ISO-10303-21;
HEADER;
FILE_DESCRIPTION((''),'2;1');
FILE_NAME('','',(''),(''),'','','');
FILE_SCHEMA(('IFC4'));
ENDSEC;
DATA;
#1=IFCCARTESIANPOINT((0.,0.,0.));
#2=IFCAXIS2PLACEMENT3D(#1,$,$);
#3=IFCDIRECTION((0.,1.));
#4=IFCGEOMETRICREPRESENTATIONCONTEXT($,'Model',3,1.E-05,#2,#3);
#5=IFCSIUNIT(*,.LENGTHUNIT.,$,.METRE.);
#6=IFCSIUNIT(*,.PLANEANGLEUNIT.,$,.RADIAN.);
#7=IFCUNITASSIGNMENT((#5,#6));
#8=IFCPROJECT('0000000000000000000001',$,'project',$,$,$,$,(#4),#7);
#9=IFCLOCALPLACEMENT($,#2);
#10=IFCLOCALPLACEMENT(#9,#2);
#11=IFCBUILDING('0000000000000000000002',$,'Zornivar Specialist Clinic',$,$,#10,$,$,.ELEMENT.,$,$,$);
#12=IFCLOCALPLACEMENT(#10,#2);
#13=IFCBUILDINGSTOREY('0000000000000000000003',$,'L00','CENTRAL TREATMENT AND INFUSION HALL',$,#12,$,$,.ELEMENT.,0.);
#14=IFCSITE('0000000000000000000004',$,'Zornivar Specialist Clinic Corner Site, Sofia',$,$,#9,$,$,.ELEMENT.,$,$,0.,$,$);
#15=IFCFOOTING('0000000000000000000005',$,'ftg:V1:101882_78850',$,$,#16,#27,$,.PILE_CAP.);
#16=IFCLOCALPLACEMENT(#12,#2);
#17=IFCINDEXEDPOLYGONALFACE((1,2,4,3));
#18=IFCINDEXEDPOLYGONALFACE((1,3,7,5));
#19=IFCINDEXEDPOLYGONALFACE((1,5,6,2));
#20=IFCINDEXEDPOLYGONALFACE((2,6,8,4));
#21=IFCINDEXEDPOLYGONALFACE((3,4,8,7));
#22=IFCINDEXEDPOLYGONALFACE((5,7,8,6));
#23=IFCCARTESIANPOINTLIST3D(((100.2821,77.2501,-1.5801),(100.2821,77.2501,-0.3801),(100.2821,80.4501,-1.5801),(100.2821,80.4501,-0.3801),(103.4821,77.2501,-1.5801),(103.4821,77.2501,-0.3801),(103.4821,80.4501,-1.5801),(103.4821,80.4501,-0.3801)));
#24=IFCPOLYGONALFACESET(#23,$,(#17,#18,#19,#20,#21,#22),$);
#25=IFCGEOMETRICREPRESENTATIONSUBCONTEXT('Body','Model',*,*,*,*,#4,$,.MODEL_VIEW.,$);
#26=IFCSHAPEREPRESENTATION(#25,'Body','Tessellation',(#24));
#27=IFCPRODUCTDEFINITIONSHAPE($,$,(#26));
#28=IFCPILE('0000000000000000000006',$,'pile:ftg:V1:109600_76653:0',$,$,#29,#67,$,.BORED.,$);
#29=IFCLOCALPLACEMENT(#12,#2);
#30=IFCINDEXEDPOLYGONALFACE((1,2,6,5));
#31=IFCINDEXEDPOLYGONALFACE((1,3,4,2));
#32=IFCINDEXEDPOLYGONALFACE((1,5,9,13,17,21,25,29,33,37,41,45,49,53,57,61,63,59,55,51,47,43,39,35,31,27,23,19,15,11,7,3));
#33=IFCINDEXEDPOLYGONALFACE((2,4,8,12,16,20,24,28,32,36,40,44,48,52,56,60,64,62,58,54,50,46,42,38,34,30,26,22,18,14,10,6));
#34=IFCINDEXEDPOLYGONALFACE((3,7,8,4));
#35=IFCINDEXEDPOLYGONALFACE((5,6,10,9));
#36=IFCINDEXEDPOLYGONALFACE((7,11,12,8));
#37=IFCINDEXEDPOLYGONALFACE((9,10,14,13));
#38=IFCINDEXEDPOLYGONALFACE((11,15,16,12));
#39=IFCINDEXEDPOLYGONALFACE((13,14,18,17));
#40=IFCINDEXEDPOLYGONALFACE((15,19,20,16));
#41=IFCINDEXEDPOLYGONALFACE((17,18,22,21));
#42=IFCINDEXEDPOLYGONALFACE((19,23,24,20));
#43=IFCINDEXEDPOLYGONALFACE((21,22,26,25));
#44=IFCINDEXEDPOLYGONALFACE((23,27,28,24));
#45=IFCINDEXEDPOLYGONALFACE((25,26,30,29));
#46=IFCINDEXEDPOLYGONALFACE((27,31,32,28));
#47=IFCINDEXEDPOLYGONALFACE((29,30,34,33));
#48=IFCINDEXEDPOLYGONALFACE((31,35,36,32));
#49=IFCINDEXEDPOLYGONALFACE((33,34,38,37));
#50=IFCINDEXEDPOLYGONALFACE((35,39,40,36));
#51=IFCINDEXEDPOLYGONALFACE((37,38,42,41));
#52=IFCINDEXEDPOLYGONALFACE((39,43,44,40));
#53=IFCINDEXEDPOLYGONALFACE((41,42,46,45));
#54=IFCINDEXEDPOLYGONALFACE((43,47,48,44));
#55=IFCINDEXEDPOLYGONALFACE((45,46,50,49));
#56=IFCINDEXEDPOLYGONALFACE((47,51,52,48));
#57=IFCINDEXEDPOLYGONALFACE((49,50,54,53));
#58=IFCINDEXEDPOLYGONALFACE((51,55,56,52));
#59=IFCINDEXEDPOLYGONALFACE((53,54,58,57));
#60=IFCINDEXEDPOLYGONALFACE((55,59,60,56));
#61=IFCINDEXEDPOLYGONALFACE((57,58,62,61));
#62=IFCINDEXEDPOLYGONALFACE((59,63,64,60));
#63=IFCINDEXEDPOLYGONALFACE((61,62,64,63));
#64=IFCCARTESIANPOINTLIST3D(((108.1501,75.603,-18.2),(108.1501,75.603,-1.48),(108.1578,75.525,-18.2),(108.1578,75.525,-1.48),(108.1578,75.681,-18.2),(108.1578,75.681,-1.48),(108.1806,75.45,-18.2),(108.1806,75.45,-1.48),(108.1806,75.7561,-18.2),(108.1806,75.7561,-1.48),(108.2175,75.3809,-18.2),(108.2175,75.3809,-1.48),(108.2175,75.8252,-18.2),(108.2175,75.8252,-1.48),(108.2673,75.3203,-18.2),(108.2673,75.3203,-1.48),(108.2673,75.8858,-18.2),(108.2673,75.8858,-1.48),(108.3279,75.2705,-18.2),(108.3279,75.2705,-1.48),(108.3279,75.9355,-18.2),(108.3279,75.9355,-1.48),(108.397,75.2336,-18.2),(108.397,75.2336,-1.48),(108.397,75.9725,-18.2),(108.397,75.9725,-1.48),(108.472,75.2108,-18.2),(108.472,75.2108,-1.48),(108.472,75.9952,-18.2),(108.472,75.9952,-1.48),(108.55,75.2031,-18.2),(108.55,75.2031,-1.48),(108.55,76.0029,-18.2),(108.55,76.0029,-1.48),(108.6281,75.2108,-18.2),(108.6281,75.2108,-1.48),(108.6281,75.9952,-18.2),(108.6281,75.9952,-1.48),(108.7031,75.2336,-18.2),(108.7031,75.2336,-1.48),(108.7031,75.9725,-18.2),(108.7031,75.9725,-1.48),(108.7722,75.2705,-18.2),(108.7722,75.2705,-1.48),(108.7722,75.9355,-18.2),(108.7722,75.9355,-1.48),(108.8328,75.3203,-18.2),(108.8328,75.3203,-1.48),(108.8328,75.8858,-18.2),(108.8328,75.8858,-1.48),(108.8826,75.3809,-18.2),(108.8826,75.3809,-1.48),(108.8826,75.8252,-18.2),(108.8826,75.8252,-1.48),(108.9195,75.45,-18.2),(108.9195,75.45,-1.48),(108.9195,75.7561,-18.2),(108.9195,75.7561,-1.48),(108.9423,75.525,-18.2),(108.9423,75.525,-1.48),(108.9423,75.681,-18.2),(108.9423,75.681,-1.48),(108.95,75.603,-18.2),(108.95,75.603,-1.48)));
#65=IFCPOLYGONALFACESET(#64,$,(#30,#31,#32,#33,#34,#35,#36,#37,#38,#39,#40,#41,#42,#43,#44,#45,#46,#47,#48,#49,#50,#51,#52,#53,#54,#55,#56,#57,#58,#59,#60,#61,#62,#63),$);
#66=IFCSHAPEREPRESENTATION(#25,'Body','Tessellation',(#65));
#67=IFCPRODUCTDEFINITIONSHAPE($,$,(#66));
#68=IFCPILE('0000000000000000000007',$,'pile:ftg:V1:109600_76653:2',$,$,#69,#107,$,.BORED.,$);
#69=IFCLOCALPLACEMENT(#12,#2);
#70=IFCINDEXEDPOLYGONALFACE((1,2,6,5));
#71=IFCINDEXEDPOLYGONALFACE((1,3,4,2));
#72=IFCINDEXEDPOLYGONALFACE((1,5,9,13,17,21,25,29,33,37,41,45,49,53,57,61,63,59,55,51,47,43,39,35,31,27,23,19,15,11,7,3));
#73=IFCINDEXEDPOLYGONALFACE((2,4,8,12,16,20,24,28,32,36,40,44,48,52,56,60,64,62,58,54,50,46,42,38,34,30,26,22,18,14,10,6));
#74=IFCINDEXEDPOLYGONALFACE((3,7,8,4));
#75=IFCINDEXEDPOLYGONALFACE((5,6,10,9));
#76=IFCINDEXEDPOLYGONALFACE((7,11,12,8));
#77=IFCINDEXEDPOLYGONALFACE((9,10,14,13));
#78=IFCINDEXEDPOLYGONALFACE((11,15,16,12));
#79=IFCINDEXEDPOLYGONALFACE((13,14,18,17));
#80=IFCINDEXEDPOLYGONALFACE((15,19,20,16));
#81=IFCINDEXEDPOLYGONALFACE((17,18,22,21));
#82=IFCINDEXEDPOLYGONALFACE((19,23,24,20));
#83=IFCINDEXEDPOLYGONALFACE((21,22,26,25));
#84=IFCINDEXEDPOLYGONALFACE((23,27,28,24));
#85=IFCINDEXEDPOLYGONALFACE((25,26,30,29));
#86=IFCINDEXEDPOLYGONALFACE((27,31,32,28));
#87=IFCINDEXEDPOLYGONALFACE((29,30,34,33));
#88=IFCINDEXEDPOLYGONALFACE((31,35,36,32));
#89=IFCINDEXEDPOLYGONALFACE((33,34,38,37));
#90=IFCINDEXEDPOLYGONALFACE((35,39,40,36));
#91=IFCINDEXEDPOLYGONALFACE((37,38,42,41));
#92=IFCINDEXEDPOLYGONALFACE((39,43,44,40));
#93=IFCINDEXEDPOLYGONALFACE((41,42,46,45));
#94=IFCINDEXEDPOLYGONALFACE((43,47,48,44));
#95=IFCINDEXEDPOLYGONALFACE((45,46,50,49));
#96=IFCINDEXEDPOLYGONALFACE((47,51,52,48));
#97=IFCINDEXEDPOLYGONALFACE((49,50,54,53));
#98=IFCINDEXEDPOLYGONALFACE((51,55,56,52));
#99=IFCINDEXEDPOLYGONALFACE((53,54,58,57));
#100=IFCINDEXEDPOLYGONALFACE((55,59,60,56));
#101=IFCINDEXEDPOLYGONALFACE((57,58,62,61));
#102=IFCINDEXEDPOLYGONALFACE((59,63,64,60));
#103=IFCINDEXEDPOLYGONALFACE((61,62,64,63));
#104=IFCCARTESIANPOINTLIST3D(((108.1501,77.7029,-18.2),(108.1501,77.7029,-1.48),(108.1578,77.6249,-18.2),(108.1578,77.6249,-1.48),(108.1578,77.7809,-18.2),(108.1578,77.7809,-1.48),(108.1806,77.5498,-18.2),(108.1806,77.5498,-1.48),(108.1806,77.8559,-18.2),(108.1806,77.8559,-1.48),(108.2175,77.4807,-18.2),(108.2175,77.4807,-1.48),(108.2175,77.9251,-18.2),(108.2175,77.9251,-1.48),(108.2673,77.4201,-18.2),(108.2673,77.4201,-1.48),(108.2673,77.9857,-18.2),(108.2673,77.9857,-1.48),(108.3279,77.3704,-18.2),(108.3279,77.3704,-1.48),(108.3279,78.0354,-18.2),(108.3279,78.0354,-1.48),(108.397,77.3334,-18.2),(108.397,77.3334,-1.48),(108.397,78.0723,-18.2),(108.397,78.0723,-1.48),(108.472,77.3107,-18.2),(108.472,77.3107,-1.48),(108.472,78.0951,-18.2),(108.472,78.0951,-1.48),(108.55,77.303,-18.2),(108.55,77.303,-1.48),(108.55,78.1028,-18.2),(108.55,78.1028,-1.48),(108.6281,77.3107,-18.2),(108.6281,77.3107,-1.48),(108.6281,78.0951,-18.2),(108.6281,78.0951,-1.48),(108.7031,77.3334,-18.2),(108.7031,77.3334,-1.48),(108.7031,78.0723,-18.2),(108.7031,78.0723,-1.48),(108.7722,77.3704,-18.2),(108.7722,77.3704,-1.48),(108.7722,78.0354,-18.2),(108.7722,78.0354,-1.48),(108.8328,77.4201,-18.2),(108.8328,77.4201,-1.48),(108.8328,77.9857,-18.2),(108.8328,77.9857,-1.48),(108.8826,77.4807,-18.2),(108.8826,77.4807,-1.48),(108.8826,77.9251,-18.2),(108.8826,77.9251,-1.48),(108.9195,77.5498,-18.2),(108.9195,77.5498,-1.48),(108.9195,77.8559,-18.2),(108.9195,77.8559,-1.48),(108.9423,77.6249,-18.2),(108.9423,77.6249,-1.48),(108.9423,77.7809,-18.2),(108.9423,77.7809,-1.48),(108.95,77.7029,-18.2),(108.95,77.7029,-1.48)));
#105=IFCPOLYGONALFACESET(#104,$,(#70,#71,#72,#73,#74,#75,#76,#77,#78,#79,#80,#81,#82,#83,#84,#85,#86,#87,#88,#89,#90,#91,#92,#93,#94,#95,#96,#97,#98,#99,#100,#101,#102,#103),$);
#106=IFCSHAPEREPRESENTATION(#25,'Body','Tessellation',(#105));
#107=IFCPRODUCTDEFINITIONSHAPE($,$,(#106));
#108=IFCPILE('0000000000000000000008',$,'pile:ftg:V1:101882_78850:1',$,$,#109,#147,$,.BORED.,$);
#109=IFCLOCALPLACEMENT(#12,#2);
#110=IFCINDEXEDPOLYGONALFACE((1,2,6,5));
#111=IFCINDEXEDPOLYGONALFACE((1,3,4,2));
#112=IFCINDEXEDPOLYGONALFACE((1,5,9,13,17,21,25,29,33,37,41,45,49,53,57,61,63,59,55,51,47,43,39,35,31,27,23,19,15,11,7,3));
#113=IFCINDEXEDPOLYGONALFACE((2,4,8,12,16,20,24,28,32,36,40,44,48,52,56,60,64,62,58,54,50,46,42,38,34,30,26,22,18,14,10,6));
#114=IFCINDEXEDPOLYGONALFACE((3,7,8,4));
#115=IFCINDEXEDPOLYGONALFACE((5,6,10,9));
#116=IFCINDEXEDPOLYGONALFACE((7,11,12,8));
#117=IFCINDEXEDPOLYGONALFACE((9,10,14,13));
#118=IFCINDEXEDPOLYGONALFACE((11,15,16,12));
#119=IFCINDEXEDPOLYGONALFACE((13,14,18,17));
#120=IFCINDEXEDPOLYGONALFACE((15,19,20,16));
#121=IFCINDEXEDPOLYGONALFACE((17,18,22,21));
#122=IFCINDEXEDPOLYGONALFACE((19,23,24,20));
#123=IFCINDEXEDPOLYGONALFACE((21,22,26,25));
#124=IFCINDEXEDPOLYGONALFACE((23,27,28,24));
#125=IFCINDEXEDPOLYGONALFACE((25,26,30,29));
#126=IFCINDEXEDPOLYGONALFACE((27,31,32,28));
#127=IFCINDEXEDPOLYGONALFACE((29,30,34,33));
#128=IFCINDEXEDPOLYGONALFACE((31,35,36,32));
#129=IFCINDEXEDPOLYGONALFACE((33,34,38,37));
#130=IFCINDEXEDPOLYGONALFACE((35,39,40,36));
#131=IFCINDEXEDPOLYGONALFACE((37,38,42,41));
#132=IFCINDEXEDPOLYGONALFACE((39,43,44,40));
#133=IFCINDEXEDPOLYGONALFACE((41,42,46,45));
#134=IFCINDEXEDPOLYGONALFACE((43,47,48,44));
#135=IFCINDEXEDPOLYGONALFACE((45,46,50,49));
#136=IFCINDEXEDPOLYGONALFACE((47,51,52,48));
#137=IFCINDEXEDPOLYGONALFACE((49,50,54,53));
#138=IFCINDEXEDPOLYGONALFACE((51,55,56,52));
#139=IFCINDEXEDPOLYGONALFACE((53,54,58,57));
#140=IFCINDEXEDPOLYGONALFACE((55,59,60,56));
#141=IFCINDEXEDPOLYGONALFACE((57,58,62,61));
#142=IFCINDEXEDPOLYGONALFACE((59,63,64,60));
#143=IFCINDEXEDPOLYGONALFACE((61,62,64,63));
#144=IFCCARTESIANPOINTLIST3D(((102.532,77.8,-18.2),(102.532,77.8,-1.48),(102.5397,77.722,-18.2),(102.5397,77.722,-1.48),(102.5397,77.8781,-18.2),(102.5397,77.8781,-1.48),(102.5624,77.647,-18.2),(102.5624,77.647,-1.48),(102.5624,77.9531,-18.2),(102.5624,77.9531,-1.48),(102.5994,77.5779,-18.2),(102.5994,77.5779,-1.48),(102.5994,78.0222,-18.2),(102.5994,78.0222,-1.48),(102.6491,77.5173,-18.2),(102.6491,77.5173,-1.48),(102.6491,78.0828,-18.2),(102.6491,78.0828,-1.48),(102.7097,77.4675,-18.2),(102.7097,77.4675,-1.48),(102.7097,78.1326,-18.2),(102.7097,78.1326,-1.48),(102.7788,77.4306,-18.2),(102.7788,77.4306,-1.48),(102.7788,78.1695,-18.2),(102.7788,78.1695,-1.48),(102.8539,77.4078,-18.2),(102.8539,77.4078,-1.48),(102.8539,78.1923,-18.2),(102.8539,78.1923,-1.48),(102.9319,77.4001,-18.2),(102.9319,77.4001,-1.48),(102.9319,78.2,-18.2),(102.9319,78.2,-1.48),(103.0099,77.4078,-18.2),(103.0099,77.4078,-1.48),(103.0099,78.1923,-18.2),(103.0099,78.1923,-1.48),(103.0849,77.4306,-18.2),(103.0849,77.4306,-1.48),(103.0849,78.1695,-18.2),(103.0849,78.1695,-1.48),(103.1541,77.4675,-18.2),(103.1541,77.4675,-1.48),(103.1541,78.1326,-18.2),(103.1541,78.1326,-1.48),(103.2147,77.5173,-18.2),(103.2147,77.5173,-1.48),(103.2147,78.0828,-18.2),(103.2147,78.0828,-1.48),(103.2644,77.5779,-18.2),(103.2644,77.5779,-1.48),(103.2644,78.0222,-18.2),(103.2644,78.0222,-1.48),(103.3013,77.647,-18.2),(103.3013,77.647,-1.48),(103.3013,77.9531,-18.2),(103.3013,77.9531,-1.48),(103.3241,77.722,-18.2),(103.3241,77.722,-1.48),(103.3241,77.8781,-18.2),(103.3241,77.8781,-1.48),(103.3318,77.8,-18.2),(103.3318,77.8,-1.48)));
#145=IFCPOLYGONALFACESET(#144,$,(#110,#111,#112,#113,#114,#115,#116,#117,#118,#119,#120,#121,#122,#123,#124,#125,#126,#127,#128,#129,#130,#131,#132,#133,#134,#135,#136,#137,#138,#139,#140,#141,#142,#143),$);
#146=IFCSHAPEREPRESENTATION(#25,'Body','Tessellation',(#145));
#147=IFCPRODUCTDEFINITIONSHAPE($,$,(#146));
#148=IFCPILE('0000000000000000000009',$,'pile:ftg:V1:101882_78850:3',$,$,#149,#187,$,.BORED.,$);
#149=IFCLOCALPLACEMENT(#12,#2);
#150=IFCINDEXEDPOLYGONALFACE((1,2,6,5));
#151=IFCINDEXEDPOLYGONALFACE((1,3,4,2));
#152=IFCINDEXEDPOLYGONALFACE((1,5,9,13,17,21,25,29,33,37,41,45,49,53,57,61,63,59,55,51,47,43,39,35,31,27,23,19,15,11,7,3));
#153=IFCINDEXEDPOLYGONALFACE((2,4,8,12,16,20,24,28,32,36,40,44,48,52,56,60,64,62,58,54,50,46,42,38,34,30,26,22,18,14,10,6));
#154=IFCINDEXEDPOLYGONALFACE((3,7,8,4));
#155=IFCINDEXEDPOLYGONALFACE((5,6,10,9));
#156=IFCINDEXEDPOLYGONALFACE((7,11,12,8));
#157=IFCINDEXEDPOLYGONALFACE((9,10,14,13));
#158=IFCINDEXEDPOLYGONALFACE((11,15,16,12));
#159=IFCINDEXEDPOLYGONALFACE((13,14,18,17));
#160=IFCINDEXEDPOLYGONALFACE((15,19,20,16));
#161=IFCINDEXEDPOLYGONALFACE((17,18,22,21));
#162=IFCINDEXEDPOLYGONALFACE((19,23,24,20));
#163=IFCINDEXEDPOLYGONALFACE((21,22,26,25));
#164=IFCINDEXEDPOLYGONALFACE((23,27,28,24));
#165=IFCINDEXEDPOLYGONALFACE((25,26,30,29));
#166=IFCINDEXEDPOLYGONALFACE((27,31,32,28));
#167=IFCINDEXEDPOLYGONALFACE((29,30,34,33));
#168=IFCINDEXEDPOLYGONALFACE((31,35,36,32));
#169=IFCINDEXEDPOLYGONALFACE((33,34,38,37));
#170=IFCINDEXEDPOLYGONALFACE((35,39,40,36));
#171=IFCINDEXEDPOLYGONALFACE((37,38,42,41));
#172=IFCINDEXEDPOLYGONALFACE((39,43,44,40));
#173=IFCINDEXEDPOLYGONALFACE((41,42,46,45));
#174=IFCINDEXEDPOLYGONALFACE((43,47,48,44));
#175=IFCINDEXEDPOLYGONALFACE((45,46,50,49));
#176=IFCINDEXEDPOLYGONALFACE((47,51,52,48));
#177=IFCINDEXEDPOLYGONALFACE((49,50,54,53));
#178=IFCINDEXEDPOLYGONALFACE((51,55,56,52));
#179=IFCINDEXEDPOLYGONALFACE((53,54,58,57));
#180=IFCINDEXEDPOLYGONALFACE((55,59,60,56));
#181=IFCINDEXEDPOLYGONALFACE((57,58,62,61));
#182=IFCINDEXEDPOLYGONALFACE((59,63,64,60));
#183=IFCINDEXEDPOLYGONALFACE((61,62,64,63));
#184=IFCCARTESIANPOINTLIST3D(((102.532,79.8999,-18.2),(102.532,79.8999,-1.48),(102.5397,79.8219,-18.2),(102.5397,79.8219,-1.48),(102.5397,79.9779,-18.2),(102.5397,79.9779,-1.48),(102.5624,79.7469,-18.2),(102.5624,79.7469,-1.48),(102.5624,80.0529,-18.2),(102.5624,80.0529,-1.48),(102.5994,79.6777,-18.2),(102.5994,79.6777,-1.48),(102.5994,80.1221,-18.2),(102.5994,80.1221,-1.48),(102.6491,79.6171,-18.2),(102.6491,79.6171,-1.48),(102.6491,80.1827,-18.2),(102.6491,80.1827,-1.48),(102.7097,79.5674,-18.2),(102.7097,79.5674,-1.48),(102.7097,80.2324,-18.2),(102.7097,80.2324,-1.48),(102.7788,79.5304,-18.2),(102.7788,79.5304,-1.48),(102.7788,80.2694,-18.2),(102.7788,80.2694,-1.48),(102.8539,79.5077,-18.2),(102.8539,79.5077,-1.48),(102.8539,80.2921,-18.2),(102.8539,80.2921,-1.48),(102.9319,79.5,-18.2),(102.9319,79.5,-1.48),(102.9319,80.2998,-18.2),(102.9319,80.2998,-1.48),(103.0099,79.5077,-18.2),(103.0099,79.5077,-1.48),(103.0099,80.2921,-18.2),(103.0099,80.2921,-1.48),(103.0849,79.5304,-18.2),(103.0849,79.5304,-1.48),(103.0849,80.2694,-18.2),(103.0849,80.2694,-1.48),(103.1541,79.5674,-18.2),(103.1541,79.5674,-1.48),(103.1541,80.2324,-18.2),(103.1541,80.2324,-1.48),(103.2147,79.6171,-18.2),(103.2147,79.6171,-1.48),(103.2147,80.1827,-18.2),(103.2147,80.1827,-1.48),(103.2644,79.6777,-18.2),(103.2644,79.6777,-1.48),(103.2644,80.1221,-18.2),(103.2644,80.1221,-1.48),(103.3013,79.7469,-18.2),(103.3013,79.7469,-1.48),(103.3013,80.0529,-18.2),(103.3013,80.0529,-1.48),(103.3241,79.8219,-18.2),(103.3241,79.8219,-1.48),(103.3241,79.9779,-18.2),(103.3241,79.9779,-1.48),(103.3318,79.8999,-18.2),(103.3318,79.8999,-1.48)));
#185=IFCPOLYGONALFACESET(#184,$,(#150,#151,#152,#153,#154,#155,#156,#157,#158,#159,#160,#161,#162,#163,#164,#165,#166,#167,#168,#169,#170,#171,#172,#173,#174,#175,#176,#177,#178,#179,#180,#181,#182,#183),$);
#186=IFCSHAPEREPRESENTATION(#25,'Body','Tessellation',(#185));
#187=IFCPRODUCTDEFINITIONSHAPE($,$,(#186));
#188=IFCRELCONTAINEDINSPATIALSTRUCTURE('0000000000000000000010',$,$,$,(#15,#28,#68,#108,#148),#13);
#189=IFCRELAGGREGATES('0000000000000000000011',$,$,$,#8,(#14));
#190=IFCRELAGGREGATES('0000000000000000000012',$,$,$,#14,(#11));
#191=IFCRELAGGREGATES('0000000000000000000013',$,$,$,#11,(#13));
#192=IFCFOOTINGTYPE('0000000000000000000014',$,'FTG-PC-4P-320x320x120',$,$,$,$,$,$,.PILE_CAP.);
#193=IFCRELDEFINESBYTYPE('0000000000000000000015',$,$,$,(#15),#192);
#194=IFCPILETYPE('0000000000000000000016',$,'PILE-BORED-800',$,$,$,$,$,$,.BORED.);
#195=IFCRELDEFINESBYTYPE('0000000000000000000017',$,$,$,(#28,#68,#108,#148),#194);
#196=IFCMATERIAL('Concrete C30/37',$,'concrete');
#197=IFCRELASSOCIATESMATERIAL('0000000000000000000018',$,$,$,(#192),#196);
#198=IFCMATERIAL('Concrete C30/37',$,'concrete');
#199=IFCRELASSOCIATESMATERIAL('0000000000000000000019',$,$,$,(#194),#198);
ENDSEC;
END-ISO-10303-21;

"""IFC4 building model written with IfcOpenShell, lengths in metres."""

from ifc_helpers import new_model, si_unit, direction, frame, origin, origin_2d, place, context, subcontext, project, spatial, rectangle, circle, extrude, material, material_profile, profile_set, type_object, element, save


model = new_model("IFC4")

# Units and contexts
model_context = context("Model", 3, precision=1e-05, world=origin(), true_north=direction((0.0, 1.0)))
body_context = subcontext(model_context, "Body", "Model", "MODEL_VIEW")
ifc_project = project(units=[si_unit("LENGTHUNIT", "METRE"), si_unit("PLANEANGLEUNIT", "RADIAN")], contexts=[model_context])

# Site, building, storey
site_placement = place(None, origin())
site = spatial("IfcSite", under=ifc_project, at=site_placement, Name="Zornivar Specialist Clinic Corner Site, Sofia", CompositionType="ELEMENT", RefElevation=0.0)
building_placement = place(site_placement, origin())
building = spatial("IfcBuilding", under=site, at=building_placement, Name="Zornivar Specialist Clinic", CompositionType="ELEMENT")
storey_placement = place(building_placement, origin())
storey = spatial("IfcBuildingStorey", under=building, at=storey_placement, Name="L00", Description="CENTRAL TREATMENT AND INFUSION HALL", CompositionType="ELEMENT", Elevation=0.0)

# Footing
ifc_material_1 = material(Name="Concrete C30/37", Category="concrete")
footing_type = type_object("IfcFootingType", Name="FTG-PC-4P-320x320x120", PredefinedType="PILE_CAP", material=ifc_material_1)
footing_placement = place(storey_placement, frame((101.8821, 78.8501, -1.5801), z_axis=(0.0, 0.0, 1.0), x_axis=(1.0, 0.0, 0.0)))
element("IfcFooting", 1, at=footing_placement, inside=storey, type_object=footing_type, Name="ftg:V1:101882_78850", PredefinedType="PILE_CAP", context=body_context, shape_type="SweptSolid", body=[
    extrude(rectangle(XDim=3.2, YDim=3.2, at=origin_2d()), origin(), (0.0, 0.0, 1.0), 1.2),
])

# Piles
ifc_material_2 = material(Name="Concrete C30/37", Category="concrete")
ifc_material_profile_1 = material_profile(ifc_material_2, circle(Radius=0.3999, at=origin_2d()), Name="PILE D800")
ifc_profile_set_1 = profile_set([ifc_material_profile_1], Name="Concrete C30/37")
pile_type = type_object("IfcPileType", Name="PILE-BORED-800", PredefinedType="BORED", material=ifc_profile_set_1)
for number, where, z_axis, x_axis, name in (
    (2, (108.55, 75.603, -1.48), (0.0, 0.0, -1.0), (1.0, 0.0, 0.0), "pile:ftg:V1:109600_76653:0"),
    (3, (108.55, 77.7029, -1.48), (0.0, 0.0, -1.0), (1.0, 0.0, 0.0), "pile:ftg:V1:109600_76653:2"),
    (4, (102.9319, 77.8, -1.48), (0.0, 0.0, -1.0), (1.0, 0.0, 0.0), "pile:ftg:V1:101882_78850:1"),
    (5, (102.9319, 79.8999, -1.48), (0.0, 0.0, -1.0), (1.0, 0.0, 0.0), "pile:ftg:V1:101882_78850:3"),
):
    element("IfcPile", number, at=place(storey_placement, frame(where, z_axis=z_axis, x_axis=x_axis)), inside=storey, type_object=pile_type, Name=name, PredefinedType="BORED", context=body_context, shape_type="SweptSolid", body=[
        extrude(circle(Radius=0.3999, at=origin_2d()), origin(), (0.0, 0.0, 1.0), 16.72),
    ])

save(model, "model.ifc")
